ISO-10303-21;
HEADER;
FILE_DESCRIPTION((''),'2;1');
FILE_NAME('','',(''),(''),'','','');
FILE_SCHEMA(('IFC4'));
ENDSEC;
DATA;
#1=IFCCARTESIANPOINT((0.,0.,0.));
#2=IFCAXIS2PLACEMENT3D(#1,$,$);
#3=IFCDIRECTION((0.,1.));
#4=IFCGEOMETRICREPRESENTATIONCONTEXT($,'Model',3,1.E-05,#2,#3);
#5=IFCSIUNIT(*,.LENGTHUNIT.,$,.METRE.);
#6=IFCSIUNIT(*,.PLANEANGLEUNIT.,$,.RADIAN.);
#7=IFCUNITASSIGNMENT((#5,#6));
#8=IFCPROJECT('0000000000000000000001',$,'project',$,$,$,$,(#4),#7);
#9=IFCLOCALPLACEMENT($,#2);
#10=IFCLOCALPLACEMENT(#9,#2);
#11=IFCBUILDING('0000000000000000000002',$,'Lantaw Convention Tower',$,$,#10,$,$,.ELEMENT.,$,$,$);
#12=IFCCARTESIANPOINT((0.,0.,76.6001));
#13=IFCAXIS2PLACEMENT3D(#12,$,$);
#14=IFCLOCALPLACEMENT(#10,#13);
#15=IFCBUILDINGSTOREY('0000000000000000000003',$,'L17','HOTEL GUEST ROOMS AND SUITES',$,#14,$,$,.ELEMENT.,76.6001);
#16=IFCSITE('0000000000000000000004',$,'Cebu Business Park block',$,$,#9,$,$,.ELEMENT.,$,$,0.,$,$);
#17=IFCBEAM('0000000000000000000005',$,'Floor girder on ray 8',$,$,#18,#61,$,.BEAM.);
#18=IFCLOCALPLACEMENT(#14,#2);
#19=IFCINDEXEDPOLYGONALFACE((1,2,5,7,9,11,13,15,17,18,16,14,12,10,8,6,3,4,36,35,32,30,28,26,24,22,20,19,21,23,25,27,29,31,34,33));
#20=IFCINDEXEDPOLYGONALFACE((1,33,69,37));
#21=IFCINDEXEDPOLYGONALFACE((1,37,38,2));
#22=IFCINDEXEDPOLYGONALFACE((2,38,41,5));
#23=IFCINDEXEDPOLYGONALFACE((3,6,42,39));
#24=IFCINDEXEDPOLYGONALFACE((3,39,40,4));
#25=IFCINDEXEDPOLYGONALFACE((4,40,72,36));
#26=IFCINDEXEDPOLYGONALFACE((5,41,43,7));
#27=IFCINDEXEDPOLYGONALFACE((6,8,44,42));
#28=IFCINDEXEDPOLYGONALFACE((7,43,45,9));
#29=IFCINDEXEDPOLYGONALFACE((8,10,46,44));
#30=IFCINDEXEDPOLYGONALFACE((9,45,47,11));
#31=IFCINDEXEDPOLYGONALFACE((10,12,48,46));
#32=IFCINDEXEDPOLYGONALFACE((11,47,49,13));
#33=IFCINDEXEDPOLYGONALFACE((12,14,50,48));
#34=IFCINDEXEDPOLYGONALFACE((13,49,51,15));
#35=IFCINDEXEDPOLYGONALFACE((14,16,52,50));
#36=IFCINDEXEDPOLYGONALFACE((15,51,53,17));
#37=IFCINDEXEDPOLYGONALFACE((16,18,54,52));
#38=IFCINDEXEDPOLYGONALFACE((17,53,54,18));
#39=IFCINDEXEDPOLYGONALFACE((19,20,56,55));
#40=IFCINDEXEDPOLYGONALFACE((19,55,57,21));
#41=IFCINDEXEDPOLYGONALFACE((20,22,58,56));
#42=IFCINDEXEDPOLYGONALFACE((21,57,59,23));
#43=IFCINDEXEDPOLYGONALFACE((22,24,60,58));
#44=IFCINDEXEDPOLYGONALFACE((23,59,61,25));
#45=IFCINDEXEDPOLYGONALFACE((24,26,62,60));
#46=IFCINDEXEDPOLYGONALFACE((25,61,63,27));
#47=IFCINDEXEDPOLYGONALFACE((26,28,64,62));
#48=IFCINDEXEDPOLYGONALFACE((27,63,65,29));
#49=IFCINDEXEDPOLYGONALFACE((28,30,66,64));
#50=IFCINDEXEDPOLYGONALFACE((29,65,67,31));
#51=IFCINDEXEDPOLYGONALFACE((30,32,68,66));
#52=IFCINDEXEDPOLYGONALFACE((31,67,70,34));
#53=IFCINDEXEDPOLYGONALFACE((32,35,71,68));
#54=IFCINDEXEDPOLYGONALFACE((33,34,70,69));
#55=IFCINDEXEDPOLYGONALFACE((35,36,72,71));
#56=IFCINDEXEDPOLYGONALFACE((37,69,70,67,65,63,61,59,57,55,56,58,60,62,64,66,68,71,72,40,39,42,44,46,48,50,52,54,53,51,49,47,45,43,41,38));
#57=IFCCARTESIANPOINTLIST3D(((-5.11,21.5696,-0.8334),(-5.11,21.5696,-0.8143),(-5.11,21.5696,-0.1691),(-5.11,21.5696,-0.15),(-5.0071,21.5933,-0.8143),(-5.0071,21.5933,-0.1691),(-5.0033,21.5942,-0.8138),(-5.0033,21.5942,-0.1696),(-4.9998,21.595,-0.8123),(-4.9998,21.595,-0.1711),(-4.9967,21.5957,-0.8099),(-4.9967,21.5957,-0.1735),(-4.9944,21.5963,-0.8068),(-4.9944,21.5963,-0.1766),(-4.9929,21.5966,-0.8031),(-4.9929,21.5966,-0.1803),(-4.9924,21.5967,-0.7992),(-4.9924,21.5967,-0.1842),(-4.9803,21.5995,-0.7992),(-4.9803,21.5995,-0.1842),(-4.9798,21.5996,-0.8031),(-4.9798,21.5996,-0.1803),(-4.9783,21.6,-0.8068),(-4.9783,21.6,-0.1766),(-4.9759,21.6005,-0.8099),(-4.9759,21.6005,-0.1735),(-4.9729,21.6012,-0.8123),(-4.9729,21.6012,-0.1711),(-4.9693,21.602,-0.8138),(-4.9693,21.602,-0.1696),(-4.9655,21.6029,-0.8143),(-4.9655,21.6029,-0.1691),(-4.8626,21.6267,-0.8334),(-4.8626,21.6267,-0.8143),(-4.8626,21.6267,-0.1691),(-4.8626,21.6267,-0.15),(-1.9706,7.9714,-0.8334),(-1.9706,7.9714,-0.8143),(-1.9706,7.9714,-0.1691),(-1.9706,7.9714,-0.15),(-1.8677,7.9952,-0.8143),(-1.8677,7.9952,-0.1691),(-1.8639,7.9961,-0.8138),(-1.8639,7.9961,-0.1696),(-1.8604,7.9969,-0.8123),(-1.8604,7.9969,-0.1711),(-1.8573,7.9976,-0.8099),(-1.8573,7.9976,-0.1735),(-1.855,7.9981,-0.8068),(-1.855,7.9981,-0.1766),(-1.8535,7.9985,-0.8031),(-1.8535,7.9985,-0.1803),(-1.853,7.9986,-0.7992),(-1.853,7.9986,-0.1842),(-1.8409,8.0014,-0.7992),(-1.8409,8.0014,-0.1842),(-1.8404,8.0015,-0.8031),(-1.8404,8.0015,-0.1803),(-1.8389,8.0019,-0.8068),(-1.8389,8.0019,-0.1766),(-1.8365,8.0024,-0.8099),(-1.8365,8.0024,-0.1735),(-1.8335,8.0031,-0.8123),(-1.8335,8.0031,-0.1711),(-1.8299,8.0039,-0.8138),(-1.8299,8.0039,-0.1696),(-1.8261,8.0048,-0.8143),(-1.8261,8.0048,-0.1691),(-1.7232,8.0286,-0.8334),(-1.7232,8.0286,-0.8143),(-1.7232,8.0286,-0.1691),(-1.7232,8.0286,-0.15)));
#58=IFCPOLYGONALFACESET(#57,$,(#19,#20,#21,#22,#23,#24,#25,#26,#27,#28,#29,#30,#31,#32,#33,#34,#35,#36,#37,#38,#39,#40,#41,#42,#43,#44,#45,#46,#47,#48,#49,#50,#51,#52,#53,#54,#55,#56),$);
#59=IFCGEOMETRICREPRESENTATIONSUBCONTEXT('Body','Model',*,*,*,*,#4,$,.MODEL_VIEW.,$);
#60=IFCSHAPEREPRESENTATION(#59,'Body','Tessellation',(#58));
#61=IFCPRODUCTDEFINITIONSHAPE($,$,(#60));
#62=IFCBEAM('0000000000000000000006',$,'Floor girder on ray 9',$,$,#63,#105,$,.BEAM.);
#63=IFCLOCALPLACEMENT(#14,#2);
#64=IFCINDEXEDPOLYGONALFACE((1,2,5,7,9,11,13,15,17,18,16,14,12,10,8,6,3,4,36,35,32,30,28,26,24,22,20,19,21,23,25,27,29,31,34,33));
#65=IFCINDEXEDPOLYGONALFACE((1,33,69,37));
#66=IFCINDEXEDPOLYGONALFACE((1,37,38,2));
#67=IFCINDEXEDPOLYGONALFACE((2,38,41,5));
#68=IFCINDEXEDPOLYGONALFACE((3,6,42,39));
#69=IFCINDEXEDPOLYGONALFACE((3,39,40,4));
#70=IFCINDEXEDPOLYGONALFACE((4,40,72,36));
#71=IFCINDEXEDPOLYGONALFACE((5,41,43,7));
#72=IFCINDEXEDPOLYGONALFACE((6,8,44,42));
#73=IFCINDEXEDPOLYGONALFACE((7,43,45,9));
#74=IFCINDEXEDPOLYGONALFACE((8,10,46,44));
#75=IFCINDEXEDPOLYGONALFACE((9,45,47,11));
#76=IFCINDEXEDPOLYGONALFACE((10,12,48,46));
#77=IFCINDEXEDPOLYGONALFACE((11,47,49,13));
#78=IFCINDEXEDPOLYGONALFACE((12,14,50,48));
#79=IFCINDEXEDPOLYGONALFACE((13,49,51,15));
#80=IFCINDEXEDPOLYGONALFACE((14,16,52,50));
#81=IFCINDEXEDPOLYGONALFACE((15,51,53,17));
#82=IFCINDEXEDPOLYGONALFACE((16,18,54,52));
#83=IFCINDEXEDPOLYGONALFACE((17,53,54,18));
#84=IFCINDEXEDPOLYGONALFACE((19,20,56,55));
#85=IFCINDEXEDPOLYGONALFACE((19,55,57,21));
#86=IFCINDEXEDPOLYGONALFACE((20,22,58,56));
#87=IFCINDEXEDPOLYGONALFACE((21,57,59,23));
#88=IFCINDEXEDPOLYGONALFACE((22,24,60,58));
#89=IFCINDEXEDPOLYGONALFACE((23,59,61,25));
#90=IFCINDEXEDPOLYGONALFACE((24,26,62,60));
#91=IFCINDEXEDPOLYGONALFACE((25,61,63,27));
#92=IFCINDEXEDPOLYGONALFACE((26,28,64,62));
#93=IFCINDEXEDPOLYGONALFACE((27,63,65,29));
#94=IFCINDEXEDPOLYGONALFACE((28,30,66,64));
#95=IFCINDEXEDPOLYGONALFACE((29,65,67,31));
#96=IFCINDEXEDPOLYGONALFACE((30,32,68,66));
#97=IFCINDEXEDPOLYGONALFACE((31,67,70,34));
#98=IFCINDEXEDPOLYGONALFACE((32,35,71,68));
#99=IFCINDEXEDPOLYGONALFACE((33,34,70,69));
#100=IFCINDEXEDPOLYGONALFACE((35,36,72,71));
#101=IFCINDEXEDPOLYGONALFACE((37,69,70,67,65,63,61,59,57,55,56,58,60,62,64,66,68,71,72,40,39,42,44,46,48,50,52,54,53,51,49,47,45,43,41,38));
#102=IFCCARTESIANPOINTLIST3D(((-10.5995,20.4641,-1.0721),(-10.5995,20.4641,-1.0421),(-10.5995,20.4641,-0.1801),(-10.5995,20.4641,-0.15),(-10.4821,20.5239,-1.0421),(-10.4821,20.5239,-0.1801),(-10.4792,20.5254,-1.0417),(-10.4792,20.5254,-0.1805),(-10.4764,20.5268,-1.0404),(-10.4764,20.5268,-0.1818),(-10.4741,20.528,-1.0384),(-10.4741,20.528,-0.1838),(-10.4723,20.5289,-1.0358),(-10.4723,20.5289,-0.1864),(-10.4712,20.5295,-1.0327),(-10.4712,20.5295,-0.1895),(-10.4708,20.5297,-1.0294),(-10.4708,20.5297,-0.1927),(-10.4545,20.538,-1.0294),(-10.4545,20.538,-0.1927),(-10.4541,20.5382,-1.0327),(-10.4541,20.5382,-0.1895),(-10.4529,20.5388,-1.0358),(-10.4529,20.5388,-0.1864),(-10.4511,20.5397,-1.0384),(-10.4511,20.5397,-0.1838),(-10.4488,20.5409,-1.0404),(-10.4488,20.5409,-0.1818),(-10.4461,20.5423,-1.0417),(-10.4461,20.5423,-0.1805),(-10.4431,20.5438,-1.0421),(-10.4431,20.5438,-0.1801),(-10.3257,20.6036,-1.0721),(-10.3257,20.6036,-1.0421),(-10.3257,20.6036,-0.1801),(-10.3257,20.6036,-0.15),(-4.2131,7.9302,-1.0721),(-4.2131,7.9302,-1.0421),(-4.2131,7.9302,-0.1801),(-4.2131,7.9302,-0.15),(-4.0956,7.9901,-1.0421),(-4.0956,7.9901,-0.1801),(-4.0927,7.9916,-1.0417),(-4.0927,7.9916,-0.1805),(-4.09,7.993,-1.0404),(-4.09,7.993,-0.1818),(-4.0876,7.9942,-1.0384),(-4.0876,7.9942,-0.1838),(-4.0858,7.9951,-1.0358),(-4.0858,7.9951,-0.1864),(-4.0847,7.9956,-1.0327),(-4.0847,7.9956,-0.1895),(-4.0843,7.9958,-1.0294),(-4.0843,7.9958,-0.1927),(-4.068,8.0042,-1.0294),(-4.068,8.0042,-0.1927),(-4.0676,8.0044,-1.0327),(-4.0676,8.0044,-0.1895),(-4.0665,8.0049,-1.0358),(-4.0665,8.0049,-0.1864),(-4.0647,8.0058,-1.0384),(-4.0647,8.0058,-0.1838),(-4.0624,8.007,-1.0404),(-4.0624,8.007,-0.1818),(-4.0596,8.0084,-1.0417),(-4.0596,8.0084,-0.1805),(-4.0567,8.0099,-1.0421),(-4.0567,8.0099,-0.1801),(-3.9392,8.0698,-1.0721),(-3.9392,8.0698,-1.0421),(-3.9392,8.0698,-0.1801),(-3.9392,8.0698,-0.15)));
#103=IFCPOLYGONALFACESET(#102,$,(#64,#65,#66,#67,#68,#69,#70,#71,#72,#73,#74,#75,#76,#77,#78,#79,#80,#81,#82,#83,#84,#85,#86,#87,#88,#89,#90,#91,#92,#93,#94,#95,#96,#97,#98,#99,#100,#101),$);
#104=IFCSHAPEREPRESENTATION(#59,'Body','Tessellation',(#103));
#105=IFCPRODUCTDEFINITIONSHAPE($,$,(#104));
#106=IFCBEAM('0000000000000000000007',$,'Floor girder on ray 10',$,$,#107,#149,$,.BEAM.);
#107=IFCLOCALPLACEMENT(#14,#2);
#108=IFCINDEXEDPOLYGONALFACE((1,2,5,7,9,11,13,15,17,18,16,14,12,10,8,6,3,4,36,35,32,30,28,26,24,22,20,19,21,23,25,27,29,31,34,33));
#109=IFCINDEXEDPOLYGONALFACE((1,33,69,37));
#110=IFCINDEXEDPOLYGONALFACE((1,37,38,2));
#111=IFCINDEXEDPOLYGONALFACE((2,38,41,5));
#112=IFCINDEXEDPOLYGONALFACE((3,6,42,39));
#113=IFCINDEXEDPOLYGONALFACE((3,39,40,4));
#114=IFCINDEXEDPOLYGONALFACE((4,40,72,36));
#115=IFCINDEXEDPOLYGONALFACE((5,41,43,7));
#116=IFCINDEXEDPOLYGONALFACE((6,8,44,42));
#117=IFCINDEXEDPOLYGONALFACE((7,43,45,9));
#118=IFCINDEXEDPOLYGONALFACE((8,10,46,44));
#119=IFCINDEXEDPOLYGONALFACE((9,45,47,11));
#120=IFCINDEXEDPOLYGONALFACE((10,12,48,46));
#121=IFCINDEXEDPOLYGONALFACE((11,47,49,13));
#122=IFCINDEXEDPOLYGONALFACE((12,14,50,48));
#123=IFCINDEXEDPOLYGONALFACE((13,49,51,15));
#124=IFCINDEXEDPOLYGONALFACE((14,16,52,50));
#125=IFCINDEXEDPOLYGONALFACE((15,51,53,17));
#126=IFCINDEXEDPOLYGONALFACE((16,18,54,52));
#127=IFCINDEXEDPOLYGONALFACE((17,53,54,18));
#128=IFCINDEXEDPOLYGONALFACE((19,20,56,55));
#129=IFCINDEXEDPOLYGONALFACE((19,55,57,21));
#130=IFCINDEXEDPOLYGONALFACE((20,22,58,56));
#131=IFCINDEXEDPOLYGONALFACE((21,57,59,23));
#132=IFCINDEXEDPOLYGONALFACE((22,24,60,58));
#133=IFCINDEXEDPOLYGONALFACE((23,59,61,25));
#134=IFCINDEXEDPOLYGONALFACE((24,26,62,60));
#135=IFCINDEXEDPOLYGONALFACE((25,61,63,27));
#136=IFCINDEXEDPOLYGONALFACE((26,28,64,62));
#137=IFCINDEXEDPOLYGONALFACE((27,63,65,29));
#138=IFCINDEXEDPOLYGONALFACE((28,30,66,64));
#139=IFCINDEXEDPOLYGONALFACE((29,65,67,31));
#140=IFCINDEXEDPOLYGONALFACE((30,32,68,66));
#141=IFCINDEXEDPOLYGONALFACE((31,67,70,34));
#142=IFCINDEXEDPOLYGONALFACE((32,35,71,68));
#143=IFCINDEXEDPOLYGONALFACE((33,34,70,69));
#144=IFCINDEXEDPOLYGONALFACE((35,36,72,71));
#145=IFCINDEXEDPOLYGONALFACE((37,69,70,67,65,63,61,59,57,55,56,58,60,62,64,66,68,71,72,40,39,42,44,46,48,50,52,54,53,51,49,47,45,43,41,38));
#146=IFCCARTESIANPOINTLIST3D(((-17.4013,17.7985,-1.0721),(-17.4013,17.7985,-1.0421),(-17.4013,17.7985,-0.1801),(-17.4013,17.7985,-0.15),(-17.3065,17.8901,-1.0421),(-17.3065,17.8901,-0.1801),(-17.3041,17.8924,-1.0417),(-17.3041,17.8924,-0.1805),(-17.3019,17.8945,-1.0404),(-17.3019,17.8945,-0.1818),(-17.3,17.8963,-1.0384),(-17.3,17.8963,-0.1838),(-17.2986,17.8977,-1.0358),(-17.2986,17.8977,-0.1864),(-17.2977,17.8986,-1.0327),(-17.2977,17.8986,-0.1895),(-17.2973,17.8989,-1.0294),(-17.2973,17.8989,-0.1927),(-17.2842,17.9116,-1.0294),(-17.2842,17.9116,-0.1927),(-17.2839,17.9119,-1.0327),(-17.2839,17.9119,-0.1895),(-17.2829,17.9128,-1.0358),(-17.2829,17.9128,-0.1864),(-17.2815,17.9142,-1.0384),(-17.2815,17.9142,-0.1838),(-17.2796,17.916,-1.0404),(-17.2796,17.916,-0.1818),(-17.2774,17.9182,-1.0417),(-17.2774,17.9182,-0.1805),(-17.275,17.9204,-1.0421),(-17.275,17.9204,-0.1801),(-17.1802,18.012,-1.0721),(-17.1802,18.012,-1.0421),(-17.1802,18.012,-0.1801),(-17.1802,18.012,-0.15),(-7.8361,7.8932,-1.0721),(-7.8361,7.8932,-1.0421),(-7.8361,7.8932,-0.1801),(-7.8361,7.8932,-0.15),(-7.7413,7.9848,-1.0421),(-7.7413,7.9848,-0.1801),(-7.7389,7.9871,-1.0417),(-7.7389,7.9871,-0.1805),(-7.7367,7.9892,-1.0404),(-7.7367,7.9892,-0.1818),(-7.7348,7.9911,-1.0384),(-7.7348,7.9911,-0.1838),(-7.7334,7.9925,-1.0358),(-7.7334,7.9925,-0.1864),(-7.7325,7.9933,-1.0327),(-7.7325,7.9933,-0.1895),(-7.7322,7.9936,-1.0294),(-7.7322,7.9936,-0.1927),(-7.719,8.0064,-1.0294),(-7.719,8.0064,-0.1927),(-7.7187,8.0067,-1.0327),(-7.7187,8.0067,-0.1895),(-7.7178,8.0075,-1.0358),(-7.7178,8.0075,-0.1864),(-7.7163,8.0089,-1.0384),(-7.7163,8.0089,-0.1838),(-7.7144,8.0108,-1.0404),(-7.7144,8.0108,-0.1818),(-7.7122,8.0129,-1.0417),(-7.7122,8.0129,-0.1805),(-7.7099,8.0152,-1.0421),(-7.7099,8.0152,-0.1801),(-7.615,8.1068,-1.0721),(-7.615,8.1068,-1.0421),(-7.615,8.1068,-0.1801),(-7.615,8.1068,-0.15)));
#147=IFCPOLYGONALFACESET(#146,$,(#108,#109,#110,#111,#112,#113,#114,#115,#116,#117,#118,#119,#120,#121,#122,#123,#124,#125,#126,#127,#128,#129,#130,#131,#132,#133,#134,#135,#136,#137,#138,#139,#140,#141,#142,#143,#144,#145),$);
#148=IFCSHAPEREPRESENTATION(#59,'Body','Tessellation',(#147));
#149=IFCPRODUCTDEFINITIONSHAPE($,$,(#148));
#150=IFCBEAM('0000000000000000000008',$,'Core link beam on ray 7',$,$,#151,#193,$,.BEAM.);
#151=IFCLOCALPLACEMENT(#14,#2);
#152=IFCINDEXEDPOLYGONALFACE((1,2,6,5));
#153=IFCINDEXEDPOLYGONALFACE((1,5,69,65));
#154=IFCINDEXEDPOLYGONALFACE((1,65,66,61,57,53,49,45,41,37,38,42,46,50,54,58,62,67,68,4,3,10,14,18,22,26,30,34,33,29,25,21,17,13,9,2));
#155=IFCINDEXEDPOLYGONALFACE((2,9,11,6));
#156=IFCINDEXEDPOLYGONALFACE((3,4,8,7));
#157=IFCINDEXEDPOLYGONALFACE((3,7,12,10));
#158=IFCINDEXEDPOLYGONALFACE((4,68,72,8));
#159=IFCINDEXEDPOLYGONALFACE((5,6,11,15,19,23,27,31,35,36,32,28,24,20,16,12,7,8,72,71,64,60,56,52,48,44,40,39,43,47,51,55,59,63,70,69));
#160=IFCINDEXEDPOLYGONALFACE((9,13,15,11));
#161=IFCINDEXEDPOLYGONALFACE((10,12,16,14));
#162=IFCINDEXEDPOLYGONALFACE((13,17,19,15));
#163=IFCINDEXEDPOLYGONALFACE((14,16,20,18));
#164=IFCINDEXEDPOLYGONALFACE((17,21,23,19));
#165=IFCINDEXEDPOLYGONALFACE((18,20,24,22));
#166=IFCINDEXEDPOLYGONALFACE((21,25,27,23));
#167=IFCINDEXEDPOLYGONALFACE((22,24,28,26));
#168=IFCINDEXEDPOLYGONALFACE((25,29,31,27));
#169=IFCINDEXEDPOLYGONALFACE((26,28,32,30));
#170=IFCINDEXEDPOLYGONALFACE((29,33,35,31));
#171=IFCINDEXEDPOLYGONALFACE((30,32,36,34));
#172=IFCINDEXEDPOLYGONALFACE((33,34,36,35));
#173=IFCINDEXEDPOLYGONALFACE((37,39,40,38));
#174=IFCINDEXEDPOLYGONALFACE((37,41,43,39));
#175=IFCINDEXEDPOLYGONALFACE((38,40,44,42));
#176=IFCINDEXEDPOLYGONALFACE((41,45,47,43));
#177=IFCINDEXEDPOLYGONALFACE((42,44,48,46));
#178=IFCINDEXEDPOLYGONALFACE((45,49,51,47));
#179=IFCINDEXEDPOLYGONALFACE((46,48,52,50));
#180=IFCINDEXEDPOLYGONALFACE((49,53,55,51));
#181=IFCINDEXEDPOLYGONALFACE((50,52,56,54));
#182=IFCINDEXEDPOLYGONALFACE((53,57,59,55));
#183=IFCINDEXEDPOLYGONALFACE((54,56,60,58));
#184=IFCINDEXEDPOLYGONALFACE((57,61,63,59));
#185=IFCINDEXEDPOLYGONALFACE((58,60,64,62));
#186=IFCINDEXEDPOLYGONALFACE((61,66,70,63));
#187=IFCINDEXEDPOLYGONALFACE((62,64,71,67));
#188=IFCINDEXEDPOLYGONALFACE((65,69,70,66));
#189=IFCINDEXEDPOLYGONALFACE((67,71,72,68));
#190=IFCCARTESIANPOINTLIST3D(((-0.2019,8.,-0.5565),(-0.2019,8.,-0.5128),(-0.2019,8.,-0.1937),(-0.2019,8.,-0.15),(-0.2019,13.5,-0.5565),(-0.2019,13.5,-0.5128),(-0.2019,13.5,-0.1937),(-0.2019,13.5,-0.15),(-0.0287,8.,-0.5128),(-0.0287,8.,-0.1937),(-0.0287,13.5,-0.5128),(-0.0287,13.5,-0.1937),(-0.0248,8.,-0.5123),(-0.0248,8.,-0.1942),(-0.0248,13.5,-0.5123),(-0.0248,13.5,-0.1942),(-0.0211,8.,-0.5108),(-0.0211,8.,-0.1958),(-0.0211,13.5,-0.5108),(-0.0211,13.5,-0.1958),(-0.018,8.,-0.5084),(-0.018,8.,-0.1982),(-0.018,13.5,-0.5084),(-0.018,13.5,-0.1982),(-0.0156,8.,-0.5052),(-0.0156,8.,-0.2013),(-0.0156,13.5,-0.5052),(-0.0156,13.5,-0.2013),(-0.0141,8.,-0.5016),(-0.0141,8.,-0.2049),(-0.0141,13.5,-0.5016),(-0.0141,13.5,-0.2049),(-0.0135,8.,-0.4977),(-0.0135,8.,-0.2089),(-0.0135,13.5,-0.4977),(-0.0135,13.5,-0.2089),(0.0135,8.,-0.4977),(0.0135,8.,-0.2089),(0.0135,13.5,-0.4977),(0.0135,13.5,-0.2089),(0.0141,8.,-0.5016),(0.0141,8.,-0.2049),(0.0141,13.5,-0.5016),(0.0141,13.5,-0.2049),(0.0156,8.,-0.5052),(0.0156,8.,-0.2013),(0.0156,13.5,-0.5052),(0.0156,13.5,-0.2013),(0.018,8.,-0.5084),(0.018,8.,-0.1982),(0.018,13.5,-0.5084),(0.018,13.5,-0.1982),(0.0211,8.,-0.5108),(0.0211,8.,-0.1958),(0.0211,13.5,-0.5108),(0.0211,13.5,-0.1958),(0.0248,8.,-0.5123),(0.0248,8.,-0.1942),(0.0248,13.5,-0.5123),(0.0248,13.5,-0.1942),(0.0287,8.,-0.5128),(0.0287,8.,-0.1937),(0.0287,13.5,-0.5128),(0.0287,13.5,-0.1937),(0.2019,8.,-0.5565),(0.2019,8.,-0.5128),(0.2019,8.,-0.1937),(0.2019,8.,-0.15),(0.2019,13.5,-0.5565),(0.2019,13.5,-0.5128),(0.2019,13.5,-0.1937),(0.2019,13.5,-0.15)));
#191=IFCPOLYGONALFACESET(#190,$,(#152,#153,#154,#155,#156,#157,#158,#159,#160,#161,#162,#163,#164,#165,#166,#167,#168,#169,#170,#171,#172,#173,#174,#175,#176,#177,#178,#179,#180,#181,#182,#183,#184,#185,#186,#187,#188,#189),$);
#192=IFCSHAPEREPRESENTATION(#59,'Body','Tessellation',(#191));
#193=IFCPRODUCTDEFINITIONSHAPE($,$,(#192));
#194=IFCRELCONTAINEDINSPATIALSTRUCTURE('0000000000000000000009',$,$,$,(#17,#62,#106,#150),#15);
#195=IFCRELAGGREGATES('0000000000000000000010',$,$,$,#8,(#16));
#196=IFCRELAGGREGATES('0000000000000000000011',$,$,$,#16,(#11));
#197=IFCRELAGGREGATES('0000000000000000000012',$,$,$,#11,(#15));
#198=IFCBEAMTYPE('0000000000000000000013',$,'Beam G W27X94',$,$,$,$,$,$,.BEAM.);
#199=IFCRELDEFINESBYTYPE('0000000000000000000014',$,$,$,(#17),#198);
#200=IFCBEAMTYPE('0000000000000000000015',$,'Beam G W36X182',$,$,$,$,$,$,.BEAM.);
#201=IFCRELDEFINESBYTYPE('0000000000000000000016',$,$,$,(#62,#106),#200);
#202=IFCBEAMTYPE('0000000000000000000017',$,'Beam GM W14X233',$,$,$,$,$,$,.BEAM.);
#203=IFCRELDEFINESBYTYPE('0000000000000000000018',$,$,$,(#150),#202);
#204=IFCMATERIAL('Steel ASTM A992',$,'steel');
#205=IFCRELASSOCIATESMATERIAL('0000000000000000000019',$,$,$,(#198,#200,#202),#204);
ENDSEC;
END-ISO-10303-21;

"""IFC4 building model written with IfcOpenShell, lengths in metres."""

from ifc_helpers import new_model, si_unit, direction, frame, origin, origin_2d, place, context, subcontext, project, spatial, i_section, extrude, material, material_profile, profile_set, type_object, element, save


model = new_model("IFC4")

# Units and contexts
model_context = context("Model", 3, precision=1e-05, world=origin(), true_north=direction((0.0, 1.0)))
body_context = subcontext(model_context, "Body", "Model", "MODEL_VIEW")
ifc_project = project(units=[si_unit("LENGTHUNIT", "METRE"), si_unit("PLANEANGLEUNIT", "RADIAN")], contexts=[model_context])

# Site, building, storey
site_placement = place(None, origin())
site = spatial("IfcSite", under=ifc_project, at=site_placement, Name="Cebu Business Park block", CompositionType="ELEMENT", RefElevation=0.0)
building_placement = place(site_placement, origin())
building = spatial("IfcBuilding", under=site, at=building_placement, Name="Lantaw Convention Tower", CompositionType="ELEMENT")
storey_placement = place(building_placement, frame((0.0, 0.0, 76.6001)))
storey = spatial("IfcBuildingStorey", under=building, at=storey_placement, Name="L17", Description="HOTEL GUEST ROOMS AND SUITES", CompositionType="ELEMENT", Elevation=76.6001)

# Beams
ifc_material_1 = material(Name="Steel ASTM A992", Category="steel")
ifc_material_profile_1 = material_profile(ifc_material_1, i_section(OverallWidth=0.2539, OverallDepth=0.6833, WebThickness=0.0125, FlangeThickness=0.019, FilletRadius=0.0151, at=origin_2d()), Name="W27X94")
ifc_profile_set_1 = profile_set([ifc_material_profile_1], Name="Steel ASTM A992")
beam_type_1 = type_object("IfcBeamType", Name="Beam G W27X94", PredefinedType="BEAM", material=ifc_profile_set_1)
beam_1_placement = place(storey_placement, frame((-1.8469, 8.0, -0.4917), z_axis=(-0.224953, 0.97437, 0.0), x_axis=(-0.97437, -0.224953, 0.0)))
element("IfcBeam", 1, at=beam_1_placement, inside=storey, type_object=beam_type_1, Name="Floor girder on ray 8", PredefinedType="BEAM", context=body_context, shape_type="SweptSolid", body=[
    extrude(i_section(OverallWidth=0.2539, OverallDepth=0.6833, WebThickness=0.0125, FlangeThickness=0.019, FilletRadius=0.0151, at=origin_2d()), origin(), (0.0, 0.0, 1.0), 13.9558),
])
ifc_material_profile_2 = material_profile(ifc_material_1, i_section(OverallWidth=0.3074, OverallDepth=0.9221, WebThickness=0.0183, FlangeThickness=0.03, FilletRadius=0.0127, at=origin_2d()), Name="W36X182")
ifc_profile_set_2 = profile_set([ifc_material_profile_2], Name="Steel ASTM A992")
beam_type_2 = type_object("IfcBeamType", Name="Beam G W36X182", PredefinedType="BEAM", material=ifc_profile_set_2)
beam_2_placement = place(storey_placement, frame((-4.0762, 8.0, -0.6111), z_axis=(-0.453997, 0.891003, 0.0), x_axis=(-0.891003, -0.453997, 0.0)))
element("IfcBeam", 2, at=beam_2_placement, inside=storey, type_object=beam_type_2, Name="Floor girder on ray 9", PredefinedType="BEAM", context=body_context, shape_type="SweptSolid", body=[
    extrude(i_section(OverallWidth=0.3074, OverallDepth=0.9221, WebThickness=0.0183, FlangeThickness=0.03, FilletRadius=0.0127, at=origin_2d()), origin(), (0.0, 0.0, 1.0), 14.0671),
])
beam_3_placement = place(storey_placement, frame((-7.7256, 8.0, -0.6111), z_axis=(-0.69465, 0.719348, 0.0), x_axis=(-0.719348, -0.69465, 0.0)))
element("IfcBeam", 3, at=beam_3_placement, inside=storey, type_object=beam_type_2, Name="Floor girder on ray 10", PredefinedType="BEAM", context=body_context, shape_type="SweptSolid", body=[
    extrude(i_section(OverallWidth=0.3074, OverallDepth=0.9221, WebThickness=0.0183, FlangeThickness=0.03, FilletRadius=0.0127, at=origin_2d()), origin(), (0.0, 0.0, 1.0), 13.7698),
])
ifc_material_profile_3 = material_profile(ifc_material_1, i_section(OverallWidth=0.4038, OverallDepth=0.4065, WebThickness=0.0271, FlangeThickness=0.0437, FilletRadius=0.0151, at=origin_2d()), Name="W14X233")
ifc_profile_set_3 = profile_set([ifc_material_profile_3], Name="Steel ASTM A992")
beam_type_3 = type_object("IfcBeamType", Name="Beam GM W14X233", PredefinedType="BEAM", material=ifc_profile_set_3)
beam_4_placement = place(storey_placement, frame((0.0, 8.0, -0.3533), z_axis=(0.0, 1.0, 0.0), x_axis=(-1.0, 0.0, 0.0)))
element("IfcBeam", 4, at=beam_4_placement, inside=storey, type_object=beam_type_3, Name="Core link beam on ray 7", PredefinedType="BEAM", context=body_context, shape_type="SweptSolid", body=[
    extrude(i_section(OverallWidth=0.4038, OverallDepth=0.4065, WebThickness=0.0271, FlangeThickness=0.0437, FilletRadius=0.0151, at=origin_2d()), origin(), (0.0, 0.0, 1.0), 5.5),
])

save(model, "model.ifc")
